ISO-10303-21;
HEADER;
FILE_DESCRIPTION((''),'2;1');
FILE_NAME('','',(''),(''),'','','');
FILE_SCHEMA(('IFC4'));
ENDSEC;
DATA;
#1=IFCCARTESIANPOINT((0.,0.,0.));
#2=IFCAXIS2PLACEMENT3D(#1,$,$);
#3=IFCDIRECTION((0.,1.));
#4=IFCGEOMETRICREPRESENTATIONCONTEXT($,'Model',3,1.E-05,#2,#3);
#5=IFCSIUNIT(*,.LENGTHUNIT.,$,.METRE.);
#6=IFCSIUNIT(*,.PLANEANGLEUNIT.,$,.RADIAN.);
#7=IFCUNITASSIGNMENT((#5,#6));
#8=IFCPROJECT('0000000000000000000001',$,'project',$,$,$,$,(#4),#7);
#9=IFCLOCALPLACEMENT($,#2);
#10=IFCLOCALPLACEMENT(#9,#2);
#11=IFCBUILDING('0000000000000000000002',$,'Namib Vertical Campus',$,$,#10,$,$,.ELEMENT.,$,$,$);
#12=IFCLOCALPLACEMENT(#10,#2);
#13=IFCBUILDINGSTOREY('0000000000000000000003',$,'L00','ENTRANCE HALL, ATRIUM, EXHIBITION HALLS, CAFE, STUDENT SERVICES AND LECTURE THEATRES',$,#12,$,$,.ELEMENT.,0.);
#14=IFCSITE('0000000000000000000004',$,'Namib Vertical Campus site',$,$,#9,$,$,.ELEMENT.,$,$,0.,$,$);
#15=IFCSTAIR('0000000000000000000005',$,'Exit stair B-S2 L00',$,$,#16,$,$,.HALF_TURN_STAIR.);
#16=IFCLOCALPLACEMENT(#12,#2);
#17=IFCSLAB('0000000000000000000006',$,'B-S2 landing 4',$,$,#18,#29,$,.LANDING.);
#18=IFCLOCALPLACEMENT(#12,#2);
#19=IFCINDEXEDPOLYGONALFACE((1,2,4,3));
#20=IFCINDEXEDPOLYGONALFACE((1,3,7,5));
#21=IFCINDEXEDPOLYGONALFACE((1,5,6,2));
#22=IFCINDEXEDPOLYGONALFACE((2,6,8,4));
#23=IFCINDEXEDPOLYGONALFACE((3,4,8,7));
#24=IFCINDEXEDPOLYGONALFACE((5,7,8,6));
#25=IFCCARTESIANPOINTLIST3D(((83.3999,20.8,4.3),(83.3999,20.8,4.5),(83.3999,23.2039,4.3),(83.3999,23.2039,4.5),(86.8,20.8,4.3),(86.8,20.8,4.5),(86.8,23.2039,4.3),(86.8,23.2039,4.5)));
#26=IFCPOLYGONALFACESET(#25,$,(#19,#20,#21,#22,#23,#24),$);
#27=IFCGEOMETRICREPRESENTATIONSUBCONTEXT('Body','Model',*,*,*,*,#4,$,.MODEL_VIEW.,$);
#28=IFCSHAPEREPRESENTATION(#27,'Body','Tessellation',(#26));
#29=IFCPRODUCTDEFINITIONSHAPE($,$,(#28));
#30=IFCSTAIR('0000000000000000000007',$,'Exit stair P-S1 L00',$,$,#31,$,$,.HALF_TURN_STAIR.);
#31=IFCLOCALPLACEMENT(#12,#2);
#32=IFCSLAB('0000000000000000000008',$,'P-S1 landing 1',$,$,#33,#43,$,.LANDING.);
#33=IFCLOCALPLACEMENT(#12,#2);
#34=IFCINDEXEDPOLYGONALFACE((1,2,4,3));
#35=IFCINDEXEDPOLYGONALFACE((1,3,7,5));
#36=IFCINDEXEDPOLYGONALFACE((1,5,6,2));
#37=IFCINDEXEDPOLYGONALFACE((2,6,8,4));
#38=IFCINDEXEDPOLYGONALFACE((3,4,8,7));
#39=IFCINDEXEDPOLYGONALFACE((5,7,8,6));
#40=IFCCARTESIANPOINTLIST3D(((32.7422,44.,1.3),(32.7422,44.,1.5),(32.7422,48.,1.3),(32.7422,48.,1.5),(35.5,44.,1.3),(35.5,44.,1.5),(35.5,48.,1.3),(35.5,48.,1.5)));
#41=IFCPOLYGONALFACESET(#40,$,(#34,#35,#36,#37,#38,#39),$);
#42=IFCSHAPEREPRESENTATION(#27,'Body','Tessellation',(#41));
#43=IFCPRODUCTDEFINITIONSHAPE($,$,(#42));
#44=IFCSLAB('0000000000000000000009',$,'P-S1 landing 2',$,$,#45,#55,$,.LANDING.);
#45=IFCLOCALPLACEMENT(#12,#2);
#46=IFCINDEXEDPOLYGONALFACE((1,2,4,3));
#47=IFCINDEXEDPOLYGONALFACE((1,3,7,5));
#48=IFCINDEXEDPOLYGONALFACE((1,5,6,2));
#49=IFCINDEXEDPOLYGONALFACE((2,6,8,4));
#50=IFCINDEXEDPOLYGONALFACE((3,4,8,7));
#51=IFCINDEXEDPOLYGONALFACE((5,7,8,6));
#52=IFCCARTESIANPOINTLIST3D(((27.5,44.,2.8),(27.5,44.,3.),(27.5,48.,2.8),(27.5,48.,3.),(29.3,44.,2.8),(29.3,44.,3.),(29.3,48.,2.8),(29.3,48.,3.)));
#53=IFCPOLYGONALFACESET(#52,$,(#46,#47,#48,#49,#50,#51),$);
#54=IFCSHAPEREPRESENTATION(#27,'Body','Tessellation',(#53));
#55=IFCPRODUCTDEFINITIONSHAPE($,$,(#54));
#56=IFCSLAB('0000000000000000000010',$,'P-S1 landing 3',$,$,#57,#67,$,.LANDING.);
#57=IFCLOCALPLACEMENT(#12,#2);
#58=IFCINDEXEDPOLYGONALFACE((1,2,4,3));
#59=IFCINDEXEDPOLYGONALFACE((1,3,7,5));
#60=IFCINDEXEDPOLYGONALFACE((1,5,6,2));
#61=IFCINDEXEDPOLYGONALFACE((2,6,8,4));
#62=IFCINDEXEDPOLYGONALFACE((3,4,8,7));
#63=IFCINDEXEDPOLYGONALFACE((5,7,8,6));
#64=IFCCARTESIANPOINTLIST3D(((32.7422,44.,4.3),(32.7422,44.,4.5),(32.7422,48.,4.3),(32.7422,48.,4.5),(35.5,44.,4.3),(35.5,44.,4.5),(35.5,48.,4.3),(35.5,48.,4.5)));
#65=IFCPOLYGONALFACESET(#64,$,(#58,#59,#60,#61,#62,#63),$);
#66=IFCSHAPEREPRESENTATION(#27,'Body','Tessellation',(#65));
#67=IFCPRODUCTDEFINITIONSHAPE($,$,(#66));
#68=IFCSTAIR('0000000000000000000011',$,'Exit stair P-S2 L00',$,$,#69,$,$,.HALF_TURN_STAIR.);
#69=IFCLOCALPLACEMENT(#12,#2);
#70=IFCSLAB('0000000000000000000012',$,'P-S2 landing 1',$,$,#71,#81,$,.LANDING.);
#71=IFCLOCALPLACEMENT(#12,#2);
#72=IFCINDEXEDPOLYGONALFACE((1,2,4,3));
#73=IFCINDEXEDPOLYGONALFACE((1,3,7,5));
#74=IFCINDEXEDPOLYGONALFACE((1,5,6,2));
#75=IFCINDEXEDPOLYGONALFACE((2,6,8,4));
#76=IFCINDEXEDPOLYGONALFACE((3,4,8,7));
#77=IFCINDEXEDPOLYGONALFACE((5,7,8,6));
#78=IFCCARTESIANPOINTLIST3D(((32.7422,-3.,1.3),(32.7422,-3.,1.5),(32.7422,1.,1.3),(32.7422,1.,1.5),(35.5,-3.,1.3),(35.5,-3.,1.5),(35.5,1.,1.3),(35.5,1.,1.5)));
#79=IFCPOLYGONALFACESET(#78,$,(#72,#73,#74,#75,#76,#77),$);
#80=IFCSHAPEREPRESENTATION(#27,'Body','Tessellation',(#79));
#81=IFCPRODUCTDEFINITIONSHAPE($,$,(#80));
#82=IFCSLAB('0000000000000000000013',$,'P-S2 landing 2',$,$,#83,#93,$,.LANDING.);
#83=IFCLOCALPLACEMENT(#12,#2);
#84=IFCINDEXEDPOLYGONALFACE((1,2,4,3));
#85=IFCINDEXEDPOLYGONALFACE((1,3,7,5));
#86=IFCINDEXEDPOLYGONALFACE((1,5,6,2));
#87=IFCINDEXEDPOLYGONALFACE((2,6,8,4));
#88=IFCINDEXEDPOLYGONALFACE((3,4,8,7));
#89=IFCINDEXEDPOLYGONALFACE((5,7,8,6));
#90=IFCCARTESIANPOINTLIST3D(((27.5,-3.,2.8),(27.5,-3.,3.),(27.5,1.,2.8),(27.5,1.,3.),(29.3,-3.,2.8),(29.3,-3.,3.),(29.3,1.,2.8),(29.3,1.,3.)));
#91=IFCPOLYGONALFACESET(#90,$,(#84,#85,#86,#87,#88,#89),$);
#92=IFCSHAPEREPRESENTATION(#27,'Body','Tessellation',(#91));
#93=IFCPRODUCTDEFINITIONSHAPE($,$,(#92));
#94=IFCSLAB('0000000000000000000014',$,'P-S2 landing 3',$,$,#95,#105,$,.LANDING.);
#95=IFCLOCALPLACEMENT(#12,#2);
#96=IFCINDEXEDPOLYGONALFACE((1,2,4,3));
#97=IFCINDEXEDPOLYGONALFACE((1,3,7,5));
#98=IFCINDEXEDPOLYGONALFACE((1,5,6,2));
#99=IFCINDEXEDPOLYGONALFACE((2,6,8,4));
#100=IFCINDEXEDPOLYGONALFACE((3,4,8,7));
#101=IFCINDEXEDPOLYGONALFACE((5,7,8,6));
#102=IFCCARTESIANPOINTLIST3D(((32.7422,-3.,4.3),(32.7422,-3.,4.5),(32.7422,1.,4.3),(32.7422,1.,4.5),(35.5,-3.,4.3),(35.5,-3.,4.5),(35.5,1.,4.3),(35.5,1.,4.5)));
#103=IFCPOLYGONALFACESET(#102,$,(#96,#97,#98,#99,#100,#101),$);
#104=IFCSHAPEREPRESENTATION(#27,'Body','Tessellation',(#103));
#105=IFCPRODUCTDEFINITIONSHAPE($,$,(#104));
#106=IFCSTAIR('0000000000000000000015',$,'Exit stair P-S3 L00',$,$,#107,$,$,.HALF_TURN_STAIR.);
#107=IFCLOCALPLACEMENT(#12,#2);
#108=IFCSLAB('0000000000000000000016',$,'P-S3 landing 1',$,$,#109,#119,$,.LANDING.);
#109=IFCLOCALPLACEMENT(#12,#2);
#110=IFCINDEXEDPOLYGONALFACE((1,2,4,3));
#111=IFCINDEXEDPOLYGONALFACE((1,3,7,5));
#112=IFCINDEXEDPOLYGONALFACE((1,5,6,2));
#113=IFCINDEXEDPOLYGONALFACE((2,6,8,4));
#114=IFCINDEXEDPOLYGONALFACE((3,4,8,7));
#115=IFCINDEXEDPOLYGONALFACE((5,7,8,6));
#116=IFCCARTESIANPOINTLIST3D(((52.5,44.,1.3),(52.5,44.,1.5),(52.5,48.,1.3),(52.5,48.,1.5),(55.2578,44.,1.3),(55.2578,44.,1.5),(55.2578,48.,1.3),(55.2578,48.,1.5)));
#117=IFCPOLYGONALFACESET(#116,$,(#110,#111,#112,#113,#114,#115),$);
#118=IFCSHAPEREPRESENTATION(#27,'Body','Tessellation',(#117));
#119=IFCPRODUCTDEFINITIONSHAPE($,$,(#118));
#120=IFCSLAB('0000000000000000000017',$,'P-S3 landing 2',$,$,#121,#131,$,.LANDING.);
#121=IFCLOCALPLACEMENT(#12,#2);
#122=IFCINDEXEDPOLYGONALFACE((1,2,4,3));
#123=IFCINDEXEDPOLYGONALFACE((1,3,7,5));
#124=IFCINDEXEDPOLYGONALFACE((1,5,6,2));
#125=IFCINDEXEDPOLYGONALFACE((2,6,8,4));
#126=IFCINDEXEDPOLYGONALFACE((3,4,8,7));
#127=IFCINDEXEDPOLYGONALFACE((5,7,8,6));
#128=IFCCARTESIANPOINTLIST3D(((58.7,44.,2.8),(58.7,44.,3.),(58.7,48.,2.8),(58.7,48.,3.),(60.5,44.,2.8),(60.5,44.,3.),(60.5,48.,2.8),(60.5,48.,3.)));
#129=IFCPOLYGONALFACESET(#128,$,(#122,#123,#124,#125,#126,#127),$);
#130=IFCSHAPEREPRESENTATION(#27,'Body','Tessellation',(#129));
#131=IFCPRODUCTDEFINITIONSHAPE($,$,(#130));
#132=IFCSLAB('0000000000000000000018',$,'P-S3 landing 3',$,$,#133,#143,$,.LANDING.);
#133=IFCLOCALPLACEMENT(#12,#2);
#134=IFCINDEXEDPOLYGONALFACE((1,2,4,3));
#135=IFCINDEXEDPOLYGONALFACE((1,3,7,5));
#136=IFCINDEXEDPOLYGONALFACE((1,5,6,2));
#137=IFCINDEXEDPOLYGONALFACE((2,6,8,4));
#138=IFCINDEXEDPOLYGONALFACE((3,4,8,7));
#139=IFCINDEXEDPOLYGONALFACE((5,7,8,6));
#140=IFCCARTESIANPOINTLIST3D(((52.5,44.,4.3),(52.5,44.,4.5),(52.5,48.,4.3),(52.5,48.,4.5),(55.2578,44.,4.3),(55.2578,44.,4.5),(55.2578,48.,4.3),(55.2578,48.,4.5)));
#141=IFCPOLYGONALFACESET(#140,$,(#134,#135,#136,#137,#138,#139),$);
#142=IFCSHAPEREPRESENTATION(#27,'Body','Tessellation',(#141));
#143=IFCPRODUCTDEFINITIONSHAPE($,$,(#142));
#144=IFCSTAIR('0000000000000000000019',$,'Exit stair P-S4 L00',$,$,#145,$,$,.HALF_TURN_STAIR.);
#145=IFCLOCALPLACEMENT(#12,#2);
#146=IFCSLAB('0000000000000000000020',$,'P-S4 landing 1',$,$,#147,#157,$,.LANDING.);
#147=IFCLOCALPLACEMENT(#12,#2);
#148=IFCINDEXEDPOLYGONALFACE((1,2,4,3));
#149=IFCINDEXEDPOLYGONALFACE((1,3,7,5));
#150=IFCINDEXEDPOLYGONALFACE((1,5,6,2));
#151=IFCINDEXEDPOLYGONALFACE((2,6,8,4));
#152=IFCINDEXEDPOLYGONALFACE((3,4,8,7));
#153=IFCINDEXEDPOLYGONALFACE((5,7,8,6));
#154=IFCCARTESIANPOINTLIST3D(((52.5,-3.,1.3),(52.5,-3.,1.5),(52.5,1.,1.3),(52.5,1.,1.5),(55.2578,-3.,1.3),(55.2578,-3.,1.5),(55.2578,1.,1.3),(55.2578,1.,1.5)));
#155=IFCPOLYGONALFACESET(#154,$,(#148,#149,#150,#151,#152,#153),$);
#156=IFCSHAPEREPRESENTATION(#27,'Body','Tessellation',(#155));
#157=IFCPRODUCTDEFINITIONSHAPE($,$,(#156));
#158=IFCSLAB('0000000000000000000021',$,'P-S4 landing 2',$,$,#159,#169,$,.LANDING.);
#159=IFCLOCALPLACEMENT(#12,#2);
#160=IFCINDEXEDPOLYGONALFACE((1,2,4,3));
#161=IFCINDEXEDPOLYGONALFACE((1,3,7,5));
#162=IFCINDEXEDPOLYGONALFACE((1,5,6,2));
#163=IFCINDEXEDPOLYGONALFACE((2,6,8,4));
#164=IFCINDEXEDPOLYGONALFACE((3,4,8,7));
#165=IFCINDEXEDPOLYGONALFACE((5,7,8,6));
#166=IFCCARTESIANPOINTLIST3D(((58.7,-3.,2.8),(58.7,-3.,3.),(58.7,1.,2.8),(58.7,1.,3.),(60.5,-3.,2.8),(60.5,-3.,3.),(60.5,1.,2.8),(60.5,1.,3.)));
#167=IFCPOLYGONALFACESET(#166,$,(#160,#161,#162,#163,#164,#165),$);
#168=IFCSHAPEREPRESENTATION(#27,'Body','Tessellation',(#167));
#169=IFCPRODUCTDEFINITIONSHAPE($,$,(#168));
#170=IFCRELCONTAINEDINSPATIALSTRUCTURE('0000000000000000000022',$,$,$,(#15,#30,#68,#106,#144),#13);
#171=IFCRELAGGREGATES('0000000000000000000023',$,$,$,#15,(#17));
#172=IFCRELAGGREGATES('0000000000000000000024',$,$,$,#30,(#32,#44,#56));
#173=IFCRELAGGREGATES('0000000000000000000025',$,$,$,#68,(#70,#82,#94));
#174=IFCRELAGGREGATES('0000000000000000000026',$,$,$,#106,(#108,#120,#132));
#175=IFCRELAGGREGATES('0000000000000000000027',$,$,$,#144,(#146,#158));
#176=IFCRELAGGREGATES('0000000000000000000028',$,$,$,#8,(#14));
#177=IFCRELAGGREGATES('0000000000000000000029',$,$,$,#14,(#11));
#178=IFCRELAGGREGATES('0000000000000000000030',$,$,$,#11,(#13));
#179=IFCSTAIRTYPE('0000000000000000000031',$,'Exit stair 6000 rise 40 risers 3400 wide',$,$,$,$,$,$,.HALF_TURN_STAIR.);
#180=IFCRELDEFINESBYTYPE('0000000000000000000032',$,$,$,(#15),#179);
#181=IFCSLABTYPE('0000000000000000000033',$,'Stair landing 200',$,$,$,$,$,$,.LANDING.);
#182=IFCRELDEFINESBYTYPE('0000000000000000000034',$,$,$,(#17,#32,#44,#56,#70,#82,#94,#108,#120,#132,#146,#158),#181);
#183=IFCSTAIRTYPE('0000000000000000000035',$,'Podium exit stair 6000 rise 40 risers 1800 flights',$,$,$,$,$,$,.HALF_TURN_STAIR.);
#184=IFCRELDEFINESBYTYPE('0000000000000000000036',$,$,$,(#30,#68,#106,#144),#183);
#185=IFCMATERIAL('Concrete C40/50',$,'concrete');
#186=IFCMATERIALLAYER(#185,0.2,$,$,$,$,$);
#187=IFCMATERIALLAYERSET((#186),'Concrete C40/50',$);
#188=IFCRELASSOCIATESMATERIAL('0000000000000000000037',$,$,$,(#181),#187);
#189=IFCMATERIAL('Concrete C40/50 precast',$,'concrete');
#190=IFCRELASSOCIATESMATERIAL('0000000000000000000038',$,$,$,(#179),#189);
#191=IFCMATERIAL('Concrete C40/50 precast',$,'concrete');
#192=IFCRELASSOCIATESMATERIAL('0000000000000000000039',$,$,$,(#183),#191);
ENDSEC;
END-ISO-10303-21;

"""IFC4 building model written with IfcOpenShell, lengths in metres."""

from ifc_helpers import new_model, si_unit, direction, frame, origin, place, context, subcontext, project, spatial, polyline, outline, extrude, material, layer, layer_set, type_object, element, aggregate, save


model = new_model("IFC4")

# Units and contexts
model_context = context("Model", 3, precision=1e-05, world=origin(), true_north=direction((0.0, 1.0)))
body_context = subcontext(model_context, "Body", "Model", "MODEL_VIEW")
ifc_project = project(units=[si_unit("LENGTHUNIT", "METRE"), si_unit("PLANEANGLEUNIT", "RADIAN")], contexts=[model_context])

# Site, building, storey
site_placement = place(None, origin())
site = spatial("IfcSite", under=ifc_project, at=site_placement, Name="Namib Vertical Campus site", CompositionType="ELEMENT", RefElevation=0.0)
building_placement = place(site_placement, origin())
building = spatial("IfcBuilding", under=site, at=building_placement, Name="Namib Vertical Campus", CompositionType="ELEMENT")
storey_placement = place(building_placement, origin())
storey = spatial("IfcBuildingStorey", under=building, at=storey_placement, Name="L00", Description="ENTRANCE HALL, ATRIUM, EXHIBITION HALLS, CAFE, STUDENT SERVICES AND LECTURE THEATRES", CompositionType="ELEMENT", Elevation=0.0)

# Stairs, slabs
ifc_material_1 = material(Name="Concrete C40/50", Category="concrete")
ifc_layer_1 = layer(ifc_material_1, 0.2)
ifc_layer_set_1 = layer_set([ifc_layer_1], Name="Concrete C40/50")
slab_type_1 = type_object("IfcSlabType", Name="Stair landing 200", PredefinedType="LANDING", material=ifc_layer_set_1)
ifc_material_2 = material(Name="Concrete C40/50 precast", Category="concrete")
stair_type_1 = type_object("IfcStairType", Name="Exit stair 6000 rise 40 risers 3400 wide", PredefinedType="HALF_TURN_STAIR", material=ifc_material_2)
stair_1_placement = place(storey_placement, origin())
stair_1 = element("IfcStair", 1, at=stair_1_placement, inside=storey, type_object=stair_type_1, Name="Exit stair B-S2 L00", PredefinedType="HALF_TURN_STAIR")
slab_1_placement = place(storey_placement, frame((0.0, 0.0, 4.3)))
slab_1 = element("IfcSlab", 2, at=slab_1_placement, type_object=slab_type_1, Name="B-S2 landing 4", PredefinedType="LANDING", context=body_context, shape_type="SweptSolid", body=[
    extrude(outline(polyline([(83.3999, 20.8), (86.8, 20.8), (86.8, 23.2039), (83.3999, 23.2039), (83.3999, 20.8)])), origin(), (0.0, 0.0, 1.0), 0.2),
])
aggregate(stair_1, [slab_1])
ifc_material_3 = material(Name="Concrete C40/50 precast", Category="concrete")
stair_type_2 = type_object("IfcStairType", Name="Podium exit stair 6000 rise 40 risers 1800 flights", PredefinedType="HALF_TURN_STAIR", material=ifc_material_3)
stair_2_placement = place(storey_placement, origin())
stair_2 = element("IfcStair", 3, at=stair_2_placement, inside=storey, type_object=stair_type_2, Name="Exit stair P-S1 L00", PredefinedType="HALF_TURN_STAIR")
slab_2_placement = place(storey_placement, frame((0.0, 0.0, 1.3)))
slab_2 = element("IfcSlab", 4, at=slab_2_placement, type_object=slab_type_1, Name="P-S1 landing 1", PredefinedType="LANDING", context=body_context, shape_type="SweptSolid", body=[
    extrude(outline(polyline([(32.7422, 44.0), (32.7422, 48.0), (35.5, 48.0), (35.5, 44.0), (32.7422, 44.0)])), origin(), (0.0, 0.0, 1.0), 0.2),
])
slab_3_placement = place(storey_placement, frame((0.0, 0.0, 2.8)))
slab_3 = element("IfcSlab", 5, at=slab_3_placement, type_object=slab_type_1, Name="P-S1 landing 2", PredefinedType="LANDING", context=body_context, shape_type="SweptSolid", body=[
    extrude(outline(polyline([(27.5, 44.0), (27.5, 48.0), (29.3, 48.0), (29.3, 44.0), (27.5, 44.0)])), origin(), (0.0, 0.0, 1.0), 0.2),
])
slab_4_placement = place(storey_placement, frame((0.0, 0.0, 4.3)))
slab_4 = element("IfcSlab", 6, at=slab_4_placement, type_object=slab_type_1, Name="P-S1 landing 3", PredefinedType="LANDING", context=body_context, shape_type="SweptSolid", body=[
    extrude(outline(polyline([(32.7422, 44.0), (32.7422, 48.0), (35.5, 48.0), (35.5, 44.0), (32.7422, 44.0)])), origin(), (0.0, 0.0, 1.0), 0.2),
])
aggregate(stair_2, [slab_2, slab_3, slab_4])
stair_3_placement = place(storey_placement, origin())
stair_3 = element("IfcStair", 7, at=stair_3_placement, inside=storey, type_object=stair_type_2, Name="Exit stair P-S2 L00", PredefinedType="HALF_TURN_STAIR")
slab_5_placement = place(storey_placement, frame((0.0, 0.0, 1.3)))
slab_5 = element("IfcSlab", 8, at=slab_5_placement, type_object=slab_type_1, Name="P-S2 landing 1", PredefinedType="LANDING", context=body_context, shape_type="SweptSolid", body=[
    extrude(outline(polyline([(32.7422, -3.0), (32.7422, 1.0), (35.5, 1.0), (35.5, -3.0), (32.7422, -3.0)])), origin(), (0.0, 0.0, 1.0), 0.2),
])
slab_6_placement = place(storey_placement, frame((0.0, 0.0, 2.8)))
slab_6 = element("IfcSlab", 9, at=slab_6_placement, type_object=slab_type_1, Name="P-S2 landing 2", PredefinedType="LANDING", context=body_context, shape_type="SweptSolid", body=[
    extrude(outline(polyline([(27.5, -3.0), (27.5, 1.0), (29.3, 1.0), (29.3, -3.0), (27.5, -3.0)])), origin(), (0.0, 0.0, 1.0), 0.2),
])
slab_7_placement = place(storey_placement, frame((0.0, 0.0, 4.3)))
slab_7 = element("IfcSlab", 10, at=slab_7_placement, type_object=slab_type_1, Name="P-S2 landing 3", PredefinedType="LANDING", context=body_context, shape_type="SweptSolid", body=[
    extrude(outline(polyline([(32.7422, -3.0), (32.7422, 1.0), (35.5, 1.0), (35.5, -3.0), (32.7422, -3.0)])), origin(), (0.0, 0.0, 1.0), 0.2),
])
aggregate(stair_3, [slab_5, slab_6, slab_7])
stair_4_placement = place(storey_placement, origin())
stair_4 = element("IfcStair", 11, at=stair_4_placement, inside=storey, type_object=stair_type_2, Name="Exit stair P-S3 L00", PredefinedType="HALF_TURN_STAIR")
slab_8_placement = place(storey_placement, frame((0.0, 0.0, 1.3)))
slab_8 = element("IfcSlab", 12, at=slab_8_placement, type_object=slab_type_1, Name="P-S3 landing 1", PredefinedType="LANDING", context=body_context, shape_type="SweptSolid", body=[
    extrude(outline(polyline([(52.5, 44.0), (52.5, 48.0), (55.2578, 48.0), (55.2578, 44.0), (52.5, 44.0)])), origin(), (0.0, 0.0, 1.0), 0.2),
])
slab_9_placement = place(storey_placement, frame((0.0, 0.0, 2.8)))
slab_9 = element("IfcSlab", 13, at=slab_9_placement, type_object=slab_type_1, Name="P-S3 landing 2", PredefinedType="LANDING", context=body_context, shape_type="SweptSolid", body=[
    extrude(outline(polyline([(58.7, 44.0), (58.7, 48.0), (60.5, 48.0), (60.5, 44.0), (58.7, 44.0)])), origin(), (0.0, 0.0, 1.0), 0.2),
])
slab_10_placement = place(storey_placement, frame((0.0, 0.0, 4.3)))
slab_10 = element("IfcSlab", 14, at=slab_10_placement, type_object=slab_type_1, Name="P-S3 landing 3", PredefinedType="LANDING", context=body_context, shape_type="SweptSolid", body=[
    extrude(outline(polyline([(52.5, 44.0), (52.5, 48.0), (55.2578, 48.0), (55.2578, 44.0), (52.5, 44.0)])), origin(), (0.0, 0.0, 1.0), 0.2),
])
aggregate(stair_4, [slab_8, slab_9, slab_10])
stair_5_placement = place(storey_placement, origin())
stair_5 = element("IfcStair", 15, at=stair_5_placement, inside=storey, type_object=stair_type_2, Name="Exit stair P-S4 L00", PredefinedType="HALF_TURN_STAIR")
slab_11_placement = place(storey_placement, frame((0.0, 0.0, 1.3)))
slab_11 = element("IfcSlab", 16, at=slab_11_placement, type_object=slab_type_1, Name="P-S4 landing 1", PredefinedType="LANDING", context=body_context, shape_type="SweptSolid", body=[
    extrude(outline(polyline([(52.5, -3.0), (52.5, 1.0), (55.2578, 1.0), (55.2578, -3.0), (52.5, -3.0)])), origin(), (0.0, 0.0, 1.0), 0.2),
])
slab_12_placement = place(storey_placement, frame((0.0, 0.0, 2.8)))
slab_12 = element("IfcSlab", 17, at=slab_12_placement, type_object=slab_type_1, Name="P-S4 landing 2", PredefinedType="LANDING", context=body_context, shape_type="SweptSolid", body=[
    extrude(outline(polyline([(58.7, -3.0), (58.7, 1.0), (60.5, 1.0), (60.5, -3.0), (58.7, -3.0)])), origin(), (0.0, 0.0, 1.0), 0.2),
])
aggregate(stair_5, [slab_11, slab_12])

save(model, "model.ifc")
